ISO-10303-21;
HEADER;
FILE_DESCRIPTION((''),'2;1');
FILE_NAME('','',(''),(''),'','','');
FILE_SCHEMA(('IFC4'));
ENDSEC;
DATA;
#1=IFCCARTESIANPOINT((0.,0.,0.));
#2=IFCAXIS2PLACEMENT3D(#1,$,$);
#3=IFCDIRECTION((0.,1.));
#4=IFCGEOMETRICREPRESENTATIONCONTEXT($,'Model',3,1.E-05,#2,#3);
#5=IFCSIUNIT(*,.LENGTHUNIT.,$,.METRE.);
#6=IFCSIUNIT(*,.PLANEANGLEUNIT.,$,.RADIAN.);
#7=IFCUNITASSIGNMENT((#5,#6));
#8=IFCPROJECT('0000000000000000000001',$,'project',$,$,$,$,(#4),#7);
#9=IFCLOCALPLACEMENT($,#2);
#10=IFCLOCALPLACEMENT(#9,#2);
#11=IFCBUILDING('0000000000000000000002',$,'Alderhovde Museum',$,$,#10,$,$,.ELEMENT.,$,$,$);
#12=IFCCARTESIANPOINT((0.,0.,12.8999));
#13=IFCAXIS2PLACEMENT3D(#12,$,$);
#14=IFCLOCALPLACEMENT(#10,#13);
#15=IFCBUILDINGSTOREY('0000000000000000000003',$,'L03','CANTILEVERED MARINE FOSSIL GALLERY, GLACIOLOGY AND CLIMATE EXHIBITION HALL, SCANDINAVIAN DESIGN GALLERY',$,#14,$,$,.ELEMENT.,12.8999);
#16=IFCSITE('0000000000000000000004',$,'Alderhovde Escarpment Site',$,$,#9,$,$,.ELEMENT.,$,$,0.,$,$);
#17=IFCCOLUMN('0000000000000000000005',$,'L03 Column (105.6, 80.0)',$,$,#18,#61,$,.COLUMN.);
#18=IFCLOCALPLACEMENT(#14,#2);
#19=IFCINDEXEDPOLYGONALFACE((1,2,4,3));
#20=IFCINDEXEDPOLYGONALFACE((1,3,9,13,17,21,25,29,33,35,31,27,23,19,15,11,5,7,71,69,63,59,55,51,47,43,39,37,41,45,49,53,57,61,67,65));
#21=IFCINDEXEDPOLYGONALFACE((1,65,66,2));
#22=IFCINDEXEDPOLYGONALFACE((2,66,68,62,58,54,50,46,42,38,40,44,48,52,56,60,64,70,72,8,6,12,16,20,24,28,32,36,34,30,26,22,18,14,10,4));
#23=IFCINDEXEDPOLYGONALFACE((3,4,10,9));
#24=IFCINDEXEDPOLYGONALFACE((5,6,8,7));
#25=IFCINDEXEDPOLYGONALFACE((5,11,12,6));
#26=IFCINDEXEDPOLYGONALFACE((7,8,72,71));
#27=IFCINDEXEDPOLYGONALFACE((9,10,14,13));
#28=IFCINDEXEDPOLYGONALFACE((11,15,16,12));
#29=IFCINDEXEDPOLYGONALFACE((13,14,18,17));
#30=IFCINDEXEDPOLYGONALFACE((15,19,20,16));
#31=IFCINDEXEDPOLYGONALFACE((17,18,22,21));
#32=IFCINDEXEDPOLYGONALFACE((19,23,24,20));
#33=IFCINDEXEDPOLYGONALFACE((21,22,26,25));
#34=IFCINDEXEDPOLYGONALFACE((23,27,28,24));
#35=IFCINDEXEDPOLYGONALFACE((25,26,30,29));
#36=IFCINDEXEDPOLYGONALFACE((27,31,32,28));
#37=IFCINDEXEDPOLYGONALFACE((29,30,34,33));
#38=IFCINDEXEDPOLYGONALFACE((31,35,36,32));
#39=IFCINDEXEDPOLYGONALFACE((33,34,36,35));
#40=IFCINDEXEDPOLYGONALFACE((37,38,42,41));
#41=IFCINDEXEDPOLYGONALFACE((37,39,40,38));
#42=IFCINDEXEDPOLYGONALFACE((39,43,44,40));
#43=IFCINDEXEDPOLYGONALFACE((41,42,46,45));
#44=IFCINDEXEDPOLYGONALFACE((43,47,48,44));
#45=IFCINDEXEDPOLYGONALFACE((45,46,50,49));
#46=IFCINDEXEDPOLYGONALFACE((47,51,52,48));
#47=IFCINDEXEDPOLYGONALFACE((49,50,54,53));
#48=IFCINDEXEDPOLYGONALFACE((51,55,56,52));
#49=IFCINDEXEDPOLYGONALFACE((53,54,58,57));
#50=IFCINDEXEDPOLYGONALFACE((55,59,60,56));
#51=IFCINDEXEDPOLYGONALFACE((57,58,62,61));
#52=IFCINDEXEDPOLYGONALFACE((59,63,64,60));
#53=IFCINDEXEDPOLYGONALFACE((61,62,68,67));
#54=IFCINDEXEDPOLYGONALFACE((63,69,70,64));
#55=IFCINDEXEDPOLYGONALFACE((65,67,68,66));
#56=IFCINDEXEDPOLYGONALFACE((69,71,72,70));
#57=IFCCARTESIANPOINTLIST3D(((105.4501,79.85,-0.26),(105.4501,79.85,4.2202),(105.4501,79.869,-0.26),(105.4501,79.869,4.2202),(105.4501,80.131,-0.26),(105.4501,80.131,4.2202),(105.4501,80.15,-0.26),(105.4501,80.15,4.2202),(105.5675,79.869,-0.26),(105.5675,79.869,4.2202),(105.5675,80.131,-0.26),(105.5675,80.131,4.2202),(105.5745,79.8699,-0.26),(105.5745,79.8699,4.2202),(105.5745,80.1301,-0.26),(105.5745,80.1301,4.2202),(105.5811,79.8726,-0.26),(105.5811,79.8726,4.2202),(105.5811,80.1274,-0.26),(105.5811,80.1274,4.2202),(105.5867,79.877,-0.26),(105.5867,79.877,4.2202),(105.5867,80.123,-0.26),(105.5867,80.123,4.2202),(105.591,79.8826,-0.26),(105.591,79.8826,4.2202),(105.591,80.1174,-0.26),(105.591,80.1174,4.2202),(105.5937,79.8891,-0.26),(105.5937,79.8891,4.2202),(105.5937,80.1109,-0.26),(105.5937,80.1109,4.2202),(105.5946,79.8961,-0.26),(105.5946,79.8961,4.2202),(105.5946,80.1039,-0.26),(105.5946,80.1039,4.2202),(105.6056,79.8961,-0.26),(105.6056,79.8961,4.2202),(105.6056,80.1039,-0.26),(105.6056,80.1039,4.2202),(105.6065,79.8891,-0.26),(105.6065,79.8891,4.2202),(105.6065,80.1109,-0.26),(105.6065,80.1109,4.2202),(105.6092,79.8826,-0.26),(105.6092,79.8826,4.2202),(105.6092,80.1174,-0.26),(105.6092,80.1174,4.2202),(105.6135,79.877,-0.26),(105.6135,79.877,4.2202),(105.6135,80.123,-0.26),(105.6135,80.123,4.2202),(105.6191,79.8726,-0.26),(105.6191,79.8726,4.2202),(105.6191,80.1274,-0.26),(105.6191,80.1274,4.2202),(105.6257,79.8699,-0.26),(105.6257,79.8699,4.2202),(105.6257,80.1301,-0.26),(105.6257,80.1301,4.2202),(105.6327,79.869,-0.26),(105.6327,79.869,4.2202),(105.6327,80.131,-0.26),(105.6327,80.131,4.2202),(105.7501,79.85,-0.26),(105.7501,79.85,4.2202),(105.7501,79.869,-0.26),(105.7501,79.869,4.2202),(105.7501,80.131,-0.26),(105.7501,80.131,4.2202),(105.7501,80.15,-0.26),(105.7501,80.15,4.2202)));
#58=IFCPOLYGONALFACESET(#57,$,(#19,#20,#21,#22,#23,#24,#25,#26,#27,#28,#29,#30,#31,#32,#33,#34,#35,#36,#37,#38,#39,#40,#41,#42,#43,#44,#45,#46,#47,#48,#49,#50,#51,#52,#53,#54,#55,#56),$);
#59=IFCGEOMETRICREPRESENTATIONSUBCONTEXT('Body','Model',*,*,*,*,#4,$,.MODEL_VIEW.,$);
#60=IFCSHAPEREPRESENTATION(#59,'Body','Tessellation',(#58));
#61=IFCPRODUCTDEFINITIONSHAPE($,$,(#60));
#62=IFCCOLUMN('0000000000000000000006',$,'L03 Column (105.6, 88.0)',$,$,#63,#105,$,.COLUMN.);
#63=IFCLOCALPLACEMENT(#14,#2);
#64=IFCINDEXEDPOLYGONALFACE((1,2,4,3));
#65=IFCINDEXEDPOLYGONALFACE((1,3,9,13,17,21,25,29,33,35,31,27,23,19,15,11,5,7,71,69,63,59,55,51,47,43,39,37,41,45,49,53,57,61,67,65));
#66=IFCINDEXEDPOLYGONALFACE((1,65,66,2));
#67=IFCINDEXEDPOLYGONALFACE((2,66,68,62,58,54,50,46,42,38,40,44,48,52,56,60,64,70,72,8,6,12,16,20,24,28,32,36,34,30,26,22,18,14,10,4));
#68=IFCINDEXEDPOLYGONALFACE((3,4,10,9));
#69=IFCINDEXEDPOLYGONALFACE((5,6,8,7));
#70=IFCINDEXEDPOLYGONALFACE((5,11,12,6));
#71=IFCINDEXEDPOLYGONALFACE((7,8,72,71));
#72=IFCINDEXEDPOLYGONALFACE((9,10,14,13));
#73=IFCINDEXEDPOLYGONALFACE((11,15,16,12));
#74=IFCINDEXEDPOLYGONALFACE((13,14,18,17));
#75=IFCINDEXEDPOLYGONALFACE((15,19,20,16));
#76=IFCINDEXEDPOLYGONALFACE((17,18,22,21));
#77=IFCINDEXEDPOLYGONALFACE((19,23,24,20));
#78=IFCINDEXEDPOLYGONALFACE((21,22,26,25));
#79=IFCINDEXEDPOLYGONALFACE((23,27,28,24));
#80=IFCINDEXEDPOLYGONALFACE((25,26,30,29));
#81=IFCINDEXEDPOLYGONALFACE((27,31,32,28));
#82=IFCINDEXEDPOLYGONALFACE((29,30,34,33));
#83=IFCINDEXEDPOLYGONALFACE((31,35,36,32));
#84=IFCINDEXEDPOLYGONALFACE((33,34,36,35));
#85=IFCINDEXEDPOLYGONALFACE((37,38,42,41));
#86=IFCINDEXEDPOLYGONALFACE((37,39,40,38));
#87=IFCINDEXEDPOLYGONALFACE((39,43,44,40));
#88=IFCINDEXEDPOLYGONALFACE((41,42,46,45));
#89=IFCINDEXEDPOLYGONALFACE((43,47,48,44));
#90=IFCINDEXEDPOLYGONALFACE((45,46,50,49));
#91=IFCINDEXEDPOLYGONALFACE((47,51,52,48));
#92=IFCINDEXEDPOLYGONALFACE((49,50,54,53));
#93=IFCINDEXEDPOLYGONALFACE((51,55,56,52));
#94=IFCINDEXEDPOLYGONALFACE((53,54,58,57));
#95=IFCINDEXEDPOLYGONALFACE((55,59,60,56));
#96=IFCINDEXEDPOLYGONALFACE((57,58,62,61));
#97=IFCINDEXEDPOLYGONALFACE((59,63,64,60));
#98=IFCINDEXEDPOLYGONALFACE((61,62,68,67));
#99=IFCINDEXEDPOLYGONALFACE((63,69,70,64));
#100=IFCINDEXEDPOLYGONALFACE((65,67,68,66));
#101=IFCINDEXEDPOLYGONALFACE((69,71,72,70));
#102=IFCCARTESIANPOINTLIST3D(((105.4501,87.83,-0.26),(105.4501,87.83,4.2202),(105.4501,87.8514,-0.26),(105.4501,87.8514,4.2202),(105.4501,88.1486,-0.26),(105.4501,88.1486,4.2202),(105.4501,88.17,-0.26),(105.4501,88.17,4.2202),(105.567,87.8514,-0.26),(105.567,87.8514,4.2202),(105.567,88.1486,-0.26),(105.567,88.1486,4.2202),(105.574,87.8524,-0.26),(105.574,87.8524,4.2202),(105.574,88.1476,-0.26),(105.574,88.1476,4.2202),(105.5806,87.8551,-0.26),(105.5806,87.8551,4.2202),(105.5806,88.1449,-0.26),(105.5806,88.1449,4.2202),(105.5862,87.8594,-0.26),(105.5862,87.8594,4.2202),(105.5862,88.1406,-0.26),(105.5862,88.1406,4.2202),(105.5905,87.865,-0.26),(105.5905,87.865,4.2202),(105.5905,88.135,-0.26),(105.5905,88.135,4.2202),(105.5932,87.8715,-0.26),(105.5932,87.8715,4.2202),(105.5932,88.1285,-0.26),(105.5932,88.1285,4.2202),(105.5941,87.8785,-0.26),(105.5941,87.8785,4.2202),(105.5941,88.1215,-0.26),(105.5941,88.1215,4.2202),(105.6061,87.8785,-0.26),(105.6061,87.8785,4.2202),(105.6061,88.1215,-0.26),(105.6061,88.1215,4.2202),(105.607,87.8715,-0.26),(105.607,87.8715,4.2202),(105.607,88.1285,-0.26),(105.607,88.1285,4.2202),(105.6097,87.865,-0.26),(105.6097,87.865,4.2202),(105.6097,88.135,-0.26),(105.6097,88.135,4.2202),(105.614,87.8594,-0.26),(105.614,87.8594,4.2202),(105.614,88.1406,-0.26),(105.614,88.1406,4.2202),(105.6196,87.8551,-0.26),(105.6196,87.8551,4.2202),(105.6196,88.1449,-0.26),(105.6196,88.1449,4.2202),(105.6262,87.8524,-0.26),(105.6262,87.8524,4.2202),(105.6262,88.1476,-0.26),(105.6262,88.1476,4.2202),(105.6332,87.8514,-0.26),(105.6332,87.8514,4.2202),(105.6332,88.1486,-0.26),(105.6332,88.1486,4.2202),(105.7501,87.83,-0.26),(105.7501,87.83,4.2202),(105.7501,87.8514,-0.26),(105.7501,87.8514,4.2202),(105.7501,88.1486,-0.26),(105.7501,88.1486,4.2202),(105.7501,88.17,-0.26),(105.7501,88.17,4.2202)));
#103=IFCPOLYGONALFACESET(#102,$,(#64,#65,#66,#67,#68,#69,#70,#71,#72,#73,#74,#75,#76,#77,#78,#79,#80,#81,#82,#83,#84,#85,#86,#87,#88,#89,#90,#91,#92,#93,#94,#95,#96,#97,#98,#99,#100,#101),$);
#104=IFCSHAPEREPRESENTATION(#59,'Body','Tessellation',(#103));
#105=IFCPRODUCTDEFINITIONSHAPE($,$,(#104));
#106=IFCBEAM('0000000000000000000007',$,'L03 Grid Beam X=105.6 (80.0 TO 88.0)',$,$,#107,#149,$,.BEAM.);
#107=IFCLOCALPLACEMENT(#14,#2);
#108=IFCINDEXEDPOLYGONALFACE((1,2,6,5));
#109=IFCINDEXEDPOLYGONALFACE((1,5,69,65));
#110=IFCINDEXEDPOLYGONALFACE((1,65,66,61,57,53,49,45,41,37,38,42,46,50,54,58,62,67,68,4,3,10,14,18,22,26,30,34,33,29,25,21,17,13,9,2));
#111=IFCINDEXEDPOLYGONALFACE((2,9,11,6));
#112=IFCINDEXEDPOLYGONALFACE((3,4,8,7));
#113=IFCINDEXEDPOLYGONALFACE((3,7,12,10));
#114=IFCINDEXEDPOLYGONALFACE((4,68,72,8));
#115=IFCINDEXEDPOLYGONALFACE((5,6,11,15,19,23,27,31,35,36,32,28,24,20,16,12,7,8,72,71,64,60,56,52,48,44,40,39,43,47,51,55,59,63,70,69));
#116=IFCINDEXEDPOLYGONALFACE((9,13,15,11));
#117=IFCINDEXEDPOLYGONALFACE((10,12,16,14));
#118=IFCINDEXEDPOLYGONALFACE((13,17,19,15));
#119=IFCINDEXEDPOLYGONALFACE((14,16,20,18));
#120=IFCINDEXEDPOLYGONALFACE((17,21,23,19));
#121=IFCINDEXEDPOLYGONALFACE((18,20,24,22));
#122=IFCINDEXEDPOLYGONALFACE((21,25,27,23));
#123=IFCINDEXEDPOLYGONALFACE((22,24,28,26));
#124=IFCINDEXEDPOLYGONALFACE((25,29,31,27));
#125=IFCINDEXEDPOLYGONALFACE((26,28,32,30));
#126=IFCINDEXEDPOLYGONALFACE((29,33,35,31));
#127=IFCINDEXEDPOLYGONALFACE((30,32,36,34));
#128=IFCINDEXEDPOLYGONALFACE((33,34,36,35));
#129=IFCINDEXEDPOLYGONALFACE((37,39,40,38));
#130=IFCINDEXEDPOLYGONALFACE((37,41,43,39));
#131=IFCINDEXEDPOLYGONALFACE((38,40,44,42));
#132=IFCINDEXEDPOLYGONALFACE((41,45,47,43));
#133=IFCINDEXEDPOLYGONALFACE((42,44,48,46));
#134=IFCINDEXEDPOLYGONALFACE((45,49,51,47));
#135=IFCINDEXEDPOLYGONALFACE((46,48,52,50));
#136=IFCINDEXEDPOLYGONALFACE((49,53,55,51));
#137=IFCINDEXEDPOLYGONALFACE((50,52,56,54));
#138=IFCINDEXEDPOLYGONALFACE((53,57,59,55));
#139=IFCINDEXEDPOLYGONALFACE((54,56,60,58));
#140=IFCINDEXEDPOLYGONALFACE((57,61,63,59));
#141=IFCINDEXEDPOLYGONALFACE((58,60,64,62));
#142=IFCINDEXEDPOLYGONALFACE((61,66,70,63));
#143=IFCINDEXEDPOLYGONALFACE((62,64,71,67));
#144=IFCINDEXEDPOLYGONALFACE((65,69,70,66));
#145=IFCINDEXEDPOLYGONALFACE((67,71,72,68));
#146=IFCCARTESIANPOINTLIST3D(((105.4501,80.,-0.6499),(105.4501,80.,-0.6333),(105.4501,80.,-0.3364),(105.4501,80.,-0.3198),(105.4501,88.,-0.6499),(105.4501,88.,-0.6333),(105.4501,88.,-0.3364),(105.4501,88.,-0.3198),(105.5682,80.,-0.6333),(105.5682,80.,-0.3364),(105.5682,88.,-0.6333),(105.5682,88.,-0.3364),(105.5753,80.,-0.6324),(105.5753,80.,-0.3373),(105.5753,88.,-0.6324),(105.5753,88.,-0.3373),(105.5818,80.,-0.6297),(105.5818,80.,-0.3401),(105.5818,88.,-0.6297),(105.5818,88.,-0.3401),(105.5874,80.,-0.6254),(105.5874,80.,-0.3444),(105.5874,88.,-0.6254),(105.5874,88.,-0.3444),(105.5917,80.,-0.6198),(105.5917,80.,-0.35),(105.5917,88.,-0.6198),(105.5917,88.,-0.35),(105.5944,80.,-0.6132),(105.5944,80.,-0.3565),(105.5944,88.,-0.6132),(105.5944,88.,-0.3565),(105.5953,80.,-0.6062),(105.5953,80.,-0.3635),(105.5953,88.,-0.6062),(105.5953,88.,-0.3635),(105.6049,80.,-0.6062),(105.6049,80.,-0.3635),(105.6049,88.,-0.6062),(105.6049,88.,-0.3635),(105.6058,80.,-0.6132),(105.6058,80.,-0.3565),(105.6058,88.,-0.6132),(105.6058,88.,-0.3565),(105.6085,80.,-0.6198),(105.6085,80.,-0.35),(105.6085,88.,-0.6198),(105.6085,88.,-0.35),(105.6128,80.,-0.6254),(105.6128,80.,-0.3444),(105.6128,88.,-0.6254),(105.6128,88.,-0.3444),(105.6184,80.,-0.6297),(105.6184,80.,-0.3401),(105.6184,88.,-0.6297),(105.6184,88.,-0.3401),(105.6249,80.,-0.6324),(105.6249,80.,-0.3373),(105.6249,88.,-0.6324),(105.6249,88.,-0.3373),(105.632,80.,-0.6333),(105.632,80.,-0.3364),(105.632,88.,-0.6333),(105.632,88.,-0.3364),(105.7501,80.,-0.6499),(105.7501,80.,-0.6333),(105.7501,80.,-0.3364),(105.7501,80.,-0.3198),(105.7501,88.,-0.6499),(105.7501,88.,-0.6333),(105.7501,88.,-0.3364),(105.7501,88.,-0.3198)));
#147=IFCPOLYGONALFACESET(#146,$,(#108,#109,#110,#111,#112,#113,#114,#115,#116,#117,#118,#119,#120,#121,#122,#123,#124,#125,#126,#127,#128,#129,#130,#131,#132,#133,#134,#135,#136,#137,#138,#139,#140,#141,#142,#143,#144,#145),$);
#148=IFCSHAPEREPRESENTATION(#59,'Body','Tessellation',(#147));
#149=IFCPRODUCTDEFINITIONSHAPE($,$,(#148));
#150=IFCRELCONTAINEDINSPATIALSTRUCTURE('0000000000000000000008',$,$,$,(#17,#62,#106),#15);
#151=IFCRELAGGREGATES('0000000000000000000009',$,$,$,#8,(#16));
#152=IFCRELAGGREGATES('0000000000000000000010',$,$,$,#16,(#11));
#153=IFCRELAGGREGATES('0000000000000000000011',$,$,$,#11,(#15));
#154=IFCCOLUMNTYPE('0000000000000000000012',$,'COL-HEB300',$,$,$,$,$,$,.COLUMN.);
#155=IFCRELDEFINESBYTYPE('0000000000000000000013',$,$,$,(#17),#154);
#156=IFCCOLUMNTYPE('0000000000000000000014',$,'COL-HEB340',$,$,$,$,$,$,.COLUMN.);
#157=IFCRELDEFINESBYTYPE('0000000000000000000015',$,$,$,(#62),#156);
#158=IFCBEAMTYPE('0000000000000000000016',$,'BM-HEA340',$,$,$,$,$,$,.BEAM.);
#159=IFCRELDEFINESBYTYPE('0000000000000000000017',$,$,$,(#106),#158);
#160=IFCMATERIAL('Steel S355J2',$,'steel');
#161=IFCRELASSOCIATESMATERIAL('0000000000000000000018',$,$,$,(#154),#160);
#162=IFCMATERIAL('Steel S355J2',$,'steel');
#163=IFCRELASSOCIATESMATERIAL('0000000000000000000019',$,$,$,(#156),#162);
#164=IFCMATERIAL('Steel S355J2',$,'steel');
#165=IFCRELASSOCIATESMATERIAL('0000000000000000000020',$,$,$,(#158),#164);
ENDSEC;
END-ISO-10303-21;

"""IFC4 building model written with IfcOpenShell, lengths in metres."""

from ifc_helpers import new_model, si_unit, direction, frame, origin, origin_2d, place, context, subcontext, project, spatial, i_section, extrude, material, material_profile, profile_set, type_object, element, save


model = new_model("IFC4")

# Units and contexts
model_context = context("Model", 3, precision=1e-05, world=origin(), true_north=direction((0.0, 1.0)))
body_context = subcontext(model_context, "Body", "Model", "MODEL_VIEW")
ifc_project = project(units=[si_unit("LENGTHUNIT", "METRE"), si_unit("PLANEANGLEUNIT", "RADIAN")], contexts=[model_context])

# Site, building, storey
site_placement = place(None, origin())
site = spatial("IfcSite", under=ifc_project, at=site_placement, Name="Alderhovde Escarpment Site", CompositionType="ELEMENT", RefElevation=0.0)
building_placement = place(site_placement, origin())
building = spatial("IfcBuilding", under=site, at=building_placement, Name="Alderhovde Museum", CompositionType="ELEMENT")
storey_placement = place(building_placement, frame((0.0, 0.0, 12.8999)))
storey = spatial("IfcBuildingStorey", under=building, at=storey_placement, Name="L03", Description="CANTILEVERED MARINE FOSSIL GALLERY, GLACIOLOGY AND CLIMATE EXHIBITION HALL, SCANDINAVIAN DESIGN GALLERY", CompositionType="ELEMENT", Elevation=12.8999)

# Columns
ifc_material_1 = material(Name="Steel S355J2", Category="steel")
ifc_material_profile_1 = material_profile(ifc_material_1, i_section(OverallWidth=0.3, OverallDepth=0.3, WebThickness=0.011, FlangeThickness=0.019, FilletRadius=0.0271, at=origin_2d()), Name="HEB 300")
ifc_profile_set_1 = profile_set([ifc_material_profile_1], Name="Steel S355J2")
column_type_1 = type_object("IfcColumnType", Name="COL-HEB300", PredefinedType="COLUMN", material=ifc_profile_set_1)
column_1_placement = place(storey_placement, frame((105.6001, 80.0, -0.26), z_axis=(0.0, 0.0, 1.0), x_axis=(1.0, 0.0, 0.0)))
element("IfcColumn", 1, at=column_1_placement, inside=storey, type_object=column_type_1, Name="L03 Column (105.6, 80.0)", PredefinedType="COLUMN", context=body_context, shape_type="SweptSolid", body=[
    extrude(i_section(OverallWidth=0.3, OverallDepth=0.3, WebThickness=0.011, FlangeThickness=0.019, FilletRadius=0.0271, at=origin_2d()), origin(), (0.0, 0.0, 1.0), 4.4802),
])
ifc_material_2 = material(Name="Steel S355J2", Category="steel")
ifc_material_profile_2 = material_profile(ifc_material_2, i_section(OverallWidth=0.3, OverallDepth=0.3401, WebThickness=0.012, FlangeThickness=0.0215, FilletRadius=0.0271, at=origin_2d()), Name="HEB 340")
ifc_profile_set_2 = profile_set([ifc_material_profile_2], Name="Steel S355J2")
column_type_2 = type_object("IfcColumnType", Name="COL-HEB340", PredefinedType="COLUMN", material=ifc_profile_set_2)
column_2_placement = place(storey_placement, frame((105.6001, 88.0, -0.26), z_axis=(0.0, 0.0, 1.0), x_axis=(1.0, 0.0, 0.0)))
element("IfcColumn", 2, at=column_2_placement, inside=storey, type_object=column_type_2, Name="L03 Column (105.6, 88.0)", PredefinedType="COLUMN", context=body_context, shape_type="SweptSolid", body=[
    extrude(i_section(OverallWidth=0.3, OverallDepth=0.3401, WebThickness=0.012, FlangeThickness=0.0215, FilletRadius=0.0271, at=origin_2d()), origin(), (0.0, 0.0, 1.0), 4.4802),
])

# Beam
ifc_material_3 = material(Name="Steel S355J2", Category="steel")
ifc_material_profile_3 = material_profile(ifc_material_3, i_section(OverallWidth=0.3, OverallDepth=0.3301, WebThickness=0.0095, FlangeThickness=0.0166, FilletRadius=0.0271, at=origin_2d()), Name="HEA 340")
ifc_profile_set_3 = profile_set([ifc_material_profile_3], Name="Steel S355J2")
beam_type_1 = type_object("IfcBeamType", Name="BM-HEA340", PredefinedType="BEAM", material=ifc_profile_set_3)
beam_1_placement = place(storey_placement, frame((105.6001, 80.0, -0.4849), z_axis=(0.0, 1.0, 0.0), x_axis=(-1.0, 0.0, 0.0)))
element("IfcBeam", 3, at=beam_1_placement, inside=storey, type_object=beam_type_1, Name="L03 Grid Beam X=105.6 (80.0 TO 88.0)", PredefinedType="BEAM", context=body_context, shape_type="SweptSolid", body=[
    extrude(i_section(OverallWidth=0.3, OverallDepth=0.3301, WebThickness=0.0095, FlangeThickness=0.0166, FilletRadius=0.0271, at=origin_2d()), origin(), (0.0, 0.0, 1.0), 8.0),
])

save(model, "model.ifc")
